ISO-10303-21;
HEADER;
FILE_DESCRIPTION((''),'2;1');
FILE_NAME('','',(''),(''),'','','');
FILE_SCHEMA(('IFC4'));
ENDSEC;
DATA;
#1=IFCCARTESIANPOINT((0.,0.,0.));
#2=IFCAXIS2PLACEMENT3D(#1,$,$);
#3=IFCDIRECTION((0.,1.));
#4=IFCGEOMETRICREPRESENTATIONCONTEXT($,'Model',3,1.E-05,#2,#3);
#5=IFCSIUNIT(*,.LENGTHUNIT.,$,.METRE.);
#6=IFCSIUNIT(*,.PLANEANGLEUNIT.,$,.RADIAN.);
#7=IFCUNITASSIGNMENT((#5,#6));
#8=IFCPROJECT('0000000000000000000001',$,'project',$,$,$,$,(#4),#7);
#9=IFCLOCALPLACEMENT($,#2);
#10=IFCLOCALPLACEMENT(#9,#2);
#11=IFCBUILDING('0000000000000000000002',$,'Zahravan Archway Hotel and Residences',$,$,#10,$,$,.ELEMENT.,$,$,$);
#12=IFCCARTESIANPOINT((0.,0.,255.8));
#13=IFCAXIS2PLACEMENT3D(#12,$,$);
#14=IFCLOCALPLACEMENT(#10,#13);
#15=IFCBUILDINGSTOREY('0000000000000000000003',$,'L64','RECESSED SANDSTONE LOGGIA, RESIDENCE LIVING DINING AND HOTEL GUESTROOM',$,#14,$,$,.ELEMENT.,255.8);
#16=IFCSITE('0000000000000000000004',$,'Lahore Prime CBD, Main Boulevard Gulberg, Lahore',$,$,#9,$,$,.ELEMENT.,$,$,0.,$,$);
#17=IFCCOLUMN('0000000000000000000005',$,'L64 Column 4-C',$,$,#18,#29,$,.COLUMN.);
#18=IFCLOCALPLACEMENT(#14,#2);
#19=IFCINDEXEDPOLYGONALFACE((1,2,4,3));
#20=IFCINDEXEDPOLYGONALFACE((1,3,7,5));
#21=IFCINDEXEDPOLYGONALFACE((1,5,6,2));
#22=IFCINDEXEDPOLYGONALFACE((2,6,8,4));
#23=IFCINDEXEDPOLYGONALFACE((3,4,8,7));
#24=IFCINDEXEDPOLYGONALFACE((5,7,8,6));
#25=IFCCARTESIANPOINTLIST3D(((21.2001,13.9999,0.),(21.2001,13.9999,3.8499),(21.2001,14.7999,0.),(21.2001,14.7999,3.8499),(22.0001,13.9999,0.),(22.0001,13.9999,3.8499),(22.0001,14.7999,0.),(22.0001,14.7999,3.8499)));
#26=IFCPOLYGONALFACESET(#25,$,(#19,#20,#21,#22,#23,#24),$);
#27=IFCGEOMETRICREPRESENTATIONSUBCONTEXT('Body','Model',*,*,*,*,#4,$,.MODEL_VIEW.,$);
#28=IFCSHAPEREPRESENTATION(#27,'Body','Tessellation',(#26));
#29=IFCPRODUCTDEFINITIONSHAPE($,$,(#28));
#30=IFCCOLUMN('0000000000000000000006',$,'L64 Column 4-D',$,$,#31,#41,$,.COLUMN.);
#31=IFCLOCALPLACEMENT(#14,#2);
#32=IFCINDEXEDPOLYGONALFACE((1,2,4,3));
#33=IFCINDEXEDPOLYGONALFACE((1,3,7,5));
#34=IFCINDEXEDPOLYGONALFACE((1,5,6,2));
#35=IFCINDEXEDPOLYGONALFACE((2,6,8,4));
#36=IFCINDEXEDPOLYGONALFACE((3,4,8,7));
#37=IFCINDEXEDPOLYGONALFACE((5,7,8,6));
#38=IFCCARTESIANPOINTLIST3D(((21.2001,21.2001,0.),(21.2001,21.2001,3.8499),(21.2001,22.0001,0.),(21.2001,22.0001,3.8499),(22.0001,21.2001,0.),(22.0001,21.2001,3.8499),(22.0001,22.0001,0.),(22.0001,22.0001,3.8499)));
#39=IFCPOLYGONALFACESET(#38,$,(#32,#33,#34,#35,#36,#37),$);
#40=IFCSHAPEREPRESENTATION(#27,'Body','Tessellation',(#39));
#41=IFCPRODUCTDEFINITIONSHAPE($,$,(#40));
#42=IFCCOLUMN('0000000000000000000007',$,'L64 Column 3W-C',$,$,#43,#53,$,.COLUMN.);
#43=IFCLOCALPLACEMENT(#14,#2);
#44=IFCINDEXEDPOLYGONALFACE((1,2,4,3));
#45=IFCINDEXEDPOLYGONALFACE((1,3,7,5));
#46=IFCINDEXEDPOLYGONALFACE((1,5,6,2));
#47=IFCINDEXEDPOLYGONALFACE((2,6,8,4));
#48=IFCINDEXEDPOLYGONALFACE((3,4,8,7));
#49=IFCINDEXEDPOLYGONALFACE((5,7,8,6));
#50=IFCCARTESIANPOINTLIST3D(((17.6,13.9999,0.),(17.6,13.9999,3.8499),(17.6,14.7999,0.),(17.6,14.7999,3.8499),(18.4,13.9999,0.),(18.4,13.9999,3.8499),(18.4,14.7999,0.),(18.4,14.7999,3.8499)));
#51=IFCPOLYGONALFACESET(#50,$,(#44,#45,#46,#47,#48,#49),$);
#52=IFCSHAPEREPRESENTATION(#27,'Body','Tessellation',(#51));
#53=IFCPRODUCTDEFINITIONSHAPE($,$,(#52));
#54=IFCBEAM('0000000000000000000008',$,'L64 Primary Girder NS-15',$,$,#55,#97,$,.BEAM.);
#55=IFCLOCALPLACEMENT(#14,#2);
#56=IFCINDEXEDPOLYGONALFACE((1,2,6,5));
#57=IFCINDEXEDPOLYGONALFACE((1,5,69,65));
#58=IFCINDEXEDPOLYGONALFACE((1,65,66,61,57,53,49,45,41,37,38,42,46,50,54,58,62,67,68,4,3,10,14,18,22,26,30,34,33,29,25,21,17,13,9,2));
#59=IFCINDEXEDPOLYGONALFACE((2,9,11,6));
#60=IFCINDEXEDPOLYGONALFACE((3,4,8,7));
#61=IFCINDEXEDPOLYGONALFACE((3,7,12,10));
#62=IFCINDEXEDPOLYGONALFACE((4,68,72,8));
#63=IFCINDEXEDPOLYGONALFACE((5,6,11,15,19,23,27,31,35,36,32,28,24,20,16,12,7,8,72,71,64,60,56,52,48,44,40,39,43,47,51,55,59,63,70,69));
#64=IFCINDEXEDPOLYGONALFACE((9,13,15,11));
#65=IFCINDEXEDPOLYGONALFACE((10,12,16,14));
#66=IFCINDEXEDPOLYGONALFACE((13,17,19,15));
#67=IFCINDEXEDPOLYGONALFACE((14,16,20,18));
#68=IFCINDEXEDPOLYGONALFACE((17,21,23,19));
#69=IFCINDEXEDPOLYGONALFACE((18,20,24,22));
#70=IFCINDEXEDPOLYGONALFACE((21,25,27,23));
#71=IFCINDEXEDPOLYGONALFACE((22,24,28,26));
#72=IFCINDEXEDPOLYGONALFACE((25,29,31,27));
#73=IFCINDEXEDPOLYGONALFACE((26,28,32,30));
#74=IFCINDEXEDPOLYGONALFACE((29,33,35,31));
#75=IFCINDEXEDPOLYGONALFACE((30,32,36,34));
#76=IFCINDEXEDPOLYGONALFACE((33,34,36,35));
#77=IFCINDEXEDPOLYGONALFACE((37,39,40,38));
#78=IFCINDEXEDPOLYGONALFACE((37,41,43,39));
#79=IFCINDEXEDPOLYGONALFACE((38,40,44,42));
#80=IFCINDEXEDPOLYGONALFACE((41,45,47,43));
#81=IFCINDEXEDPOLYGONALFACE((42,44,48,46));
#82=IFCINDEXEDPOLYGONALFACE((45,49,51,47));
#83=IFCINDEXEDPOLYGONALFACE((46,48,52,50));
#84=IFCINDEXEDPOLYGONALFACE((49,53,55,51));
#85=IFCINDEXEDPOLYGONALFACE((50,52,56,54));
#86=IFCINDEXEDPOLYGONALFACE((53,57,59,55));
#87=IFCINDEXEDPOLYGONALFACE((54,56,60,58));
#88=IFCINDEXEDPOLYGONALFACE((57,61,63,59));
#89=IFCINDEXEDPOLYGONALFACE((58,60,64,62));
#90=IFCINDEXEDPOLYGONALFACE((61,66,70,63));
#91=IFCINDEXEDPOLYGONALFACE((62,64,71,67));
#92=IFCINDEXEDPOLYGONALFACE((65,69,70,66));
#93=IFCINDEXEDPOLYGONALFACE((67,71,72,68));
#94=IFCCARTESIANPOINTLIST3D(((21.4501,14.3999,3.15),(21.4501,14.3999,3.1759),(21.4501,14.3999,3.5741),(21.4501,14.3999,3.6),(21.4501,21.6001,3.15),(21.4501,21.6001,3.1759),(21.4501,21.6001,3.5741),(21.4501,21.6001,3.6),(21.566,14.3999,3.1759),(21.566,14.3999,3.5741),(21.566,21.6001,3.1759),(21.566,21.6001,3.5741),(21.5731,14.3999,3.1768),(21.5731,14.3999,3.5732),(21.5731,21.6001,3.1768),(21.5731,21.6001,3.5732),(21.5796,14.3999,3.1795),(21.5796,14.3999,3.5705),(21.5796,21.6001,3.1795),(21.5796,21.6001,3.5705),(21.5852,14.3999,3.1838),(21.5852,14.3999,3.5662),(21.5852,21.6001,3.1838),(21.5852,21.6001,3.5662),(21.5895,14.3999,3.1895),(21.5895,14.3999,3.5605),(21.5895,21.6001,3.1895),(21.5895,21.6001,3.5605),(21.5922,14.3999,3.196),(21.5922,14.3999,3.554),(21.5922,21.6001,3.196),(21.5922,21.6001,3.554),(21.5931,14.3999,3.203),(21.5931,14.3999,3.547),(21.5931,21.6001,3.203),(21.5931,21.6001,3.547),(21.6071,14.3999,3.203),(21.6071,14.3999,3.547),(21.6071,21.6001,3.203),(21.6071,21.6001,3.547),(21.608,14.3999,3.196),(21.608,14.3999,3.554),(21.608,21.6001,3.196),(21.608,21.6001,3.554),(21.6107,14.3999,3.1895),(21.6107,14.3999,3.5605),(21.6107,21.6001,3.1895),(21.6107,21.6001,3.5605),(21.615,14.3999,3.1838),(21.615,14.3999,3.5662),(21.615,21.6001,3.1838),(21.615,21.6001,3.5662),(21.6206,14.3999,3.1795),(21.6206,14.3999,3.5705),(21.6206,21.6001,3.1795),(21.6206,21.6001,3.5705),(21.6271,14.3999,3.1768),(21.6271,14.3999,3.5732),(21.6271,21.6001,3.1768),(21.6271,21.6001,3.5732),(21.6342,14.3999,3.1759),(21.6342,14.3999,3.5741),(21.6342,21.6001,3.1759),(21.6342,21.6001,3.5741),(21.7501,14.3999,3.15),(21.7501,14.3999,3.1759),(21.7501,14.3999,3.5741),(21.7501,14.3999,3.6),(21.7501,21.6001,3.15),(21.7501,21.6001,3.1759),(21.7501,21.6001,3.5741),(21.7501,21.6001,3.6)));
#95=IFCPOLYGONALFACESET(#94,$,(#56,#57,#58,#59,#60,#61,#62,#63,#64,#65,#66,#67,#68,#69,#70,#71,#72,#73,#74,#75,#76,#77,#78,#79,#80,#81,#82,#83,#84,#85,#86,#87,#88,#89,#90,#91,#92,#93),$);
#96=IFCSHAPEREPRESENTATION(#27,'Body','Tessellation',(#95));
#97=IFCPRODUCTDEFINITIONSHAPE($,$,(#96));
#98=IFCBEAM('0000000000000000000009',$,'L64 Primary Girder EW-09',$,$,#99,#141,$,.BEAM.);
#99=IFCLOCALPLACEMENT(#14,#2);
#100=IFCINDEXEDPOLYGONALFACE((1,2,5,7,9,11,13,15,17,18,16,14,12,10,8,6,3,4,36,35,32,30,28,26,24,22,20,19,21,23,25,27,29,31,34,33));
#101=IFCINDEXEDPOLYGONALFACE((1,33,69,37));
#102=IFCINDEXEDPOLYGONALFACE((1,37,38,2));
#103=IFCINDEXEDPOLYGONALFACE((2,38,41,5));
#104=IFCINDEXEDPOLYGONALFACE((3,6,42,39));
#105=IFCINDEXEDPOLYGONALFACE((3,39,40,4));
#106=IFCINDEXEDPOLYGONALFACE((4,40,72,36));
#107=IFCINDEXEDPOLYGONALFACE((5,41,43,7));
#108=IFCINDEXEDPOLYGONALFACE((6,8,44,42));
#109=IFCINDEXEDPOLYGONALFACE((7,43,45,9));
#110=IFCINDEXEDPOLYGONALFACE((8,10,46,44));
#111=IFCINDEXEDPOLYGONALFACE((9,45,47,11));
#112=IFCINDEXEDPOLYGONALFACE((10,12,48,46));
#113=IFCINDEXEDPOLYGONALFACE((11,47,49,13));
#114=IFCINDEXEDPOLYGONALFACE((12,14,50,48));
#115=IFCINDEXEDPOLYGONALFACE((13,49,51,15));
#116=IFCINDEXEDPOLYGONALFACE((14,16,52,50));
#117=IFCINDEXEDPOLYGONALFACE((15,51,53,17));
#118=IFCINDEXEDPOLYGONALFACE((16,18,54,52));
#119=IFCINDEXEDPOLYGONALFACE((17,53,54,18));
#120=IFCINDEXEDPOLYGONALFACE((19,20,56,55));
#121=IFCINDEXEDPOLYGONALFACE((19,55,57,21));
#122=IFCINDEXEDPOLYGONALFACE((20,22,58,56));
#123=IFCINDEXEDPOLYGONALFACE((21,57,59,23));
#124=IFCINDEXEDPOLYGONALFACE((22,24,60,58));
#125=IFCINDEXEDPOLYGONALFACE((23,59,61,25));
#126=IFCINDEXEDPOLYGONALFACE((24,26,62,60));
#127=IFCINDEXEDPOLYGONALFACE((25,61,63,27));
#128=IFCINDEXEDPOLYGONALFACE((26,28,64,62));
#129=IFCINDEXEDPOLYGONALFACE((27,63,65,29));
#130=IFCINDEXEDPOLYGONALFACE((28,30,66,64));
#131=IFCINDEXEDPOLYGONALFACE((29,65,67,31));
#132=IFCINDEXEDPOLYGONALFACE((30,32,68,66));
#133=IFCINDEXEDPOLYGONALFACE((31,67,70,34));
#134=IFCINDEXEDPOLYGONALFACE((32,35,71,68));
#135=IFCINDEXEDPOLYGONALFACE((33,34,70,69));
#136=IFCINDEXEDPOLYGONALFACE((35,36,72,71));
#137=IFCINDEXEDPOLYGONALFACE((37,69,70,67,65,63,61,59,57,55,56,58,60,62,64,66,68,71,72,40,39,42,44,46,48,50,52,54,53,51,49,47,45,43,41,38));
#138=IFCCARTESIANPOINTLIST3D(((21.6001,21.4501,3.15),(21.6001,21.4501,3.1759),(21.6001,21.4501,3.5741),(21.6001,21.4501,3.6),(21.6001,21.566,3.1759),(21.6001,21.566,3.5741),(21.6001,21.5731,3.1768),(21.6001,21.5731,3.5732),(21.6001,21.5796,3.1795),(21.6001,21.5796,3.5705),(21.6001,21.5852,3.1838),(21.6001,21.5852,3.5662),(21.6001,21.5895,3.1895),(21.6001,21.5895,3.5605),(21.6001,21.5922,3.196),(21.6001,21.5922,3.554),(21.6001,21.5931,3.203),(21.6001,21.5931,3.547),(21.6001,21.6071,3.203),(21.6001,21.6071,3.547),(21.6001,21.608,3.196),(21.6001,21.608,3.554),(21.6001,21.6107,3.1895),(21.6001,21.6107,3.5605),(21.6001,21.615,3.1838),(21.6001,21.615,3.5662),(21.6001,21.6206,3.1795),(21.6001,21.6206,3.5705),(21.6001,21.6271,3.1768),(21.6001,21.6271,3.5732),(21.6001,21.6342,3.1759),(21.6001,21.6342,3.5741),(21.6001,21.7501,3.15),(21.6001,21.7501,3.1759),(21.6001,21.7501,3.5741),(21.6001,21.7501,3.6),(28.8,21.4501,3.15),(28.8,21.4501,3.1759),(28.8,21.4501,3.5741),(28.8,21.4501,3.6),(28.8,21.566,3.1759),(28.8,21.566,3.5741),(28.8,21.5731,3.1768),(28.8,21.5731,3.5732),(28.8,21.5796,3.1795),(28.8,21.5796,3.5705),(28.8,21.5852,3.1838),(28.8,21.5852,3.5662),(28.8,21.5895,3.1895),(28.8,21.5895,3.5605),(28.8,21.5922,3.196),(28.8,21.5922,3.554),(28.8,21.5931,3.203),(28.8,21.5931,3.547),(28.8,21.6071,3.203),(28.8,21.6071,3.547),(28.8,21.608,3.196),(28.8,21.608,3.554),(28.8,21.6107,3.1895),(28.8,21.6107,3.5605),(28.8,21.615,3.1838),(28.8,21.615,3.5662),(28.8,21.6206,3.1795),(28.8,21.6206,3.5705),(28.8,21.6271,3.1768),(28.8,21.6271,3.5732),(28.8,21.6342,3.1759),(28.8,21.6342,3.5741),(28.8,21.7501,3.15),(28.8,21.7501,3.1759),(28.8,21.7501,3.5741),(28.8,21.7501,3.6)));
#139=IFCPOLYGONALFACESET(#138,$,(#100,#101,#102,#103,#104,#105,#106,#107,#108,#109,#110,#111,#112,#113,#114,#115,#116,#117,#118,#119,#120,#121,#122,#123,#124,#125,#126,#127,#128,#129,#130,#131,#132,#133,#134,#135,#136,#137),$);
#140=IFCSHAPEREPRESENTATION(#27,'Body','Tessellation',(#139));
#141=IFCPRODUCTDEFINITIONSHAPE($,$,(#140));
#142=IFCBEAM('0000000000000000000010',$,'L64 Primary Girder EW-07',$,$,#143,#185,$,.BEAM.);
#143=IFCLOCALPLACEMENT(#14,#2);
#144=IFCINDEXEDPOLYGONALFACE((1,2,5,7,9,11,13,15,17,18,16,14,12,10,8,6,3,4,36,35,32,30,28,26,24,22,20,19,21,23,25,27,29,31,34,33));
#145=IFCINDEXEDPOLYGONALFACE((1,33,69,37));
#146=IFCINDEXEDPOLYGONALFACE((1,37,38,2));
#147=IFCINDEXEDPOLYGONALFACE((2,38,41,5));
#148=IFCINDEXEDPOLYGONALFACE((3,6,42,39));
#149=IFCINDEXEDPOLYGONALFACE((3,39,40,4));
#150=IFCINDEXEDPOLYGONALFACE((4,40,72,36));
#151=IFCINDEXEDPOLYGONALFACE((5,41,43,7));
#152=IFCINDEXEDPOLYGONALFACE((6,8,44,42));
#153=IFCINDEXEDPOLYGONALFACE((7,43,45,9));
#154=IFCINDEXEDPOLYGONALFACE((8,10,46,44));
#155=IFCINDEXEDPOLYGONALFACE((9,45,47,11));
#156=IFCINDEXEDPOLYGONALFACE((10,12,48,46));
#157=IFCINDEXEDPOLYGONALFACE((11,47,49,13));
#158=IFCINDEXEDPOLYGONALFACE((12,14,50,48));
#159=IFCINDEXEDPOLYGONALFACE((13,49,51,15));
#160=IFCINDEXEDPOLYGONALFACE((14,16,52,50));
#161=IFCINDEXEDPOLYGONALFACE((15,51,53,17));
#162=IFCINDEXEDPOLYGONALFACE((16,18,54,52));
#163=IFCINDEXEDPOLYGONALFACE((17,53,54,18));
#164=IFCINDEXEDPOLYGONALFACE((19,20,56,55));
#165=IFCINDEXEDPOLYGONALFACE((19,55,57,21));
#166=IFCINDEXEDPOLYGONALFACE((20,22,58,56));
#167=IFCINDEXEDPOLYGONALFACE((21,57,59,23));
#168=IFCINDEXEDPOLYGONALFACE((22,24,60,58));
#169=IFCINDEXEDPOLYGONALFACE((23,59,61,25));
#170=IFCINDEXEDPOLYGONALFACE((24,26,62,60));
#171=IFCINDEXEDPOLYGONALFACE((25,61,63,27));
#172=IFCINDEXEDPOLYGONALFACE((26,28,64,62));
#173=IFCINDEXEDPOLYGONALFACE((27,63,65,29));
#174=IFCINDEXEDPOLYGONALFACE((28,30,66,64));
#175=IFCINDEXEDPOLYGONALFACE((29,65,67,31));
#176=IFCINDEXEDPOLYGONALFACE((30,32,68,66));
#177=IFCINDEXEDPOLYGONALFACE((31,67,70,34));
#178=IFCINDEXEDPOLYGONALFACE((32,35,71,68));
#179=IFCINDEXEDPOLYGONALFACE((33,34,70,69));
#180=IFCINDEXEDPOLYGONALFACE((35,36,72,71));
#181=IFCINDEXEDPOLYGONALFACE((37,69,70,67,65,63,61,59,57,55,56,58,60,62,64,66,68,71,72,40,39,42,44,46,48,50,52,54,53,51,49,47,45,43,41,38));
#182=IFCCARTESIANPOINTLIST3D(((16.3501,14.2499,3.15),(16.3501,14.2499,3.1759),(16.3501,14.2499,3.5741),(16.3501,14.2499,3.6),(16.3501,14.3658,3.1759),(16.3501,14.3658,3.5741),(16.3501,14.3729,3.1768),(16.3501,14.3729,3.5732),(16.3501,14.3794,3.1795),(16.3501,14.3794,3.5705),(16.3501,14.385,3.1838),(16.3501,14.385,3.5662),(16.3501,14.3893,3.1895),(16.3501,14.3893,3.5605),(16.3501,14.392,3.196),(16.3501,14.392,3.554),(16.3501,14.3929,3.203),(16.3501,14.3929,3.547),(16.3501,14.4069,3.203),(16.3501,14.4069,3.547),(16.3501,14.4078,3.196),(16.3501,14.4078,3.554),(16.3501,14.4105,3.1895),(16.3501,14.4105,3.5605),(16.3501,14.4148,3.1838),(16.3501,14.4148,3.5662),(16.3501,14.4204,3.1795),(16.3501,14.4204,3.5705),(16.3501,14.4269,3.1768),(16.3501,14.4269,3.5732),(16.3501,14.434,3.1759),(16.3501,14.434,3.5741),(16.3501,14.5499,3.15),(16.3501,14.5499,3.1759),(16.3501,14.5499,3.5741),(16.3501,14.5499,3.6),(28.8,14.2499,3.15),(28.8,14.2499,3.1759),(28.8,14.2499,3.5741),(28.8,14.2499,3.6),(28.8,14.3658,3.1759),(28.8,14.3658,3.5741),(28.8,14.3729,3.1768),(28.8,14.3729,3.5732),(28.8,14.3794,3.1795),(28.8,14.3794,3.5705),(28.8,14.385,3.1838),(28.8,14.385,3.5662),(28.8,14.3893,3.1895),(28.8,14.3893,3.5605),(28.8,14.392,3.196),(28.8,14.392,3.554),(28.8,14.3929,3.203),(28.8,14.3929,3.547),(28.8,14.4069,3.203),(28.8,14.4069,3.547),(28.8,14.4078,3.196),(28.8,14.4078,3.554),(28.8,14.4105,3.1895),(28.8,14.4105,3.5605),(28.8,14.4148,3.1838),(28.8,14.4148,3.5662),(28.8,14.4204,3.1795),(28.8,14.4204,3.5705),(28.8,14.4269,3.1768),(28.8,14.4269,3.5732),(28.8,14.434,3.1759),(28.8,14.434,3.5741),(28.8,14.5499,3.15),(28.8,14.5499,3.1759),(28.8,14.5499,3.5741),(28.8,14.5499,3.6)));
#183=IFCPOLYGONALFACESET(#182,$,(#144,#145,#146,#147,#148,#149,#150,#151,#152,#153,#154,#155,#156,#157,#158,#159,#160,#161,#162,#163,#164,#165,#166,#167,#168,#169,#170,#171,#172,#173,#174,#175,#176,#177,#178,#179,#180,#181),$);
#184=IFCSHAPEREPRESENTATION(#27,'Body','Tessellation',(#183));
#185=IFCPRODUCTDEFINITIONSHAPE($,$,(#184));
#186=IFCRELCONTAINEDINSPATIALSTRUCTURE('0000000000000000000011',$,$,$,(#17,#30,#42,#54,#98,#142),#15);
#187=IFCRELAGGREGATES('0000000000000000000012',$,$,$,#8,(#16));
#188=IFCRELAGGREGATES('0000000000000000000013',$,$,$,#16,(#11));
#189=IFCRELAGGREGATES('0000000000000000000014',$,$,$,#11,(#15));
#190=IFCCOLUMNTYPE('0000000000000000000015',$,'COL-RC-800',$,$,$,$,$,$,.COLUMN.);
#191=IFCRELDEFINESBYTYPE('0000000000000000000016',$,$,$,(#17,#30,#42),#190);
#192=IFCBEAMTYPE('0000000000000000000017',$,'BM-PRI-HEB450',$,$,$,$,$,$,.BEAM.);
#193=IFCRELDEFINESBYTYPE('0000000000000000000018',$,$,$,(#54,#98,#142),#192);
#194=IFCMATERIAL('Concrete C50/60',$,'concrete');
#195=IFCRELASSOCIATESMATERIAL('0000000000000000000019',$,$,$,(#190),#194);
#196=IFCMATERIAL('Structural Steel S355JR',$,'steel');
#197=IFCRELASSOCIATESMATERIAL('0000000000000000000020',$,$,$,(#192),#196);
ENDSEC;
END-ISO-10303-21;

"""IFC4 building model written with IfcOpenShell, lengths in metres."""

from ifc_helpers import new_model, si_unit, direction, frame, origin, origin_2d, place, context, subcontext, project, spatial, rectangle, i_section, extrude, source, transform, mapped, material, material_profile, profile_set, type_object, type_shapes, element, save


model = new_model("IFC4")

# Units and contexts
model_context = context("Model", 3, precision=1e-05, world=origin(), true_north=direction((0.0, 1.0)))
body_context = subcontext(model_context, "Body", "Model", "MODEL_VIEW")
ifc_project = project(units=[si_unit("LENGTHUNIT", "METRE"), si_unit("PLANEANGLEUNIT", "RADIAN")], contexts=[model_context])

# Site, building, storey
site_placement = place(None, origin())
site = spatial("IfcSite", under=ifc_project, at=site_placement, Name="Lahore Prime CBD, Main Boulevard Gulberg, Lahore", CompositionType="ELEMENT", RefElevation=0.0)
building_placement = place(site_placement, origin())
building = spatial("IfcBuilding", under=site, at=building_placement, Name="Zahravan Archway Hotel and Residences", CompositionType="ELEMENT")
storey_placement = place(building_placement, frame((0.0, 0.0, 255.8)))
storey = spatial("IfcBuildingStorey", under=building, at=storey_placement, Name="L64", Description="RECESSED SANDSTONE LOGGIA, RESIDENCE LIVING DINING AND HOTEL GUESTROOM", CompositionType="ELEMENT", Elevation=255.8)

# Columns
ifc_material_1 = material(Name="Concrete C50/60", Category="concrete")
ifc_material_profile_1 = material_profile(ifc_material_1, rectangle(XDim=0.8, YDim=0.8, at=origin_2d()), Name="RC-COL-800x800", Category="concrete")
ifc_profile_set_1 = profile_set([ifc_material_profile_1], Name="Concrete C50/60")
column_type = type_object("IfcColumnType", Name="COL-RC-800", PredefinedType="COLUMN", material=ifc_profile_set_1)
shared_shape_1 = source(origin(), body_context, "Body", "SweptSolid", [
    extrude(rectangle(XDim=0.8, YDim=0.8, at=origin_2d()), origin(), (0.0, 0.0, 1.0), 3.8499),
])
for number, where, z_axis, x_axis, name in (
    (1, (21.6001, 14.3999, 0.0), (0.0, 0.0, 1.0), (1.0, 0.0, 0.0), "L64 Column 4-C"),
    (2, (21.6001, 21.6001, 0.0), (0.0, 0.0, 1.0), (1.0, 0.0, 0.0), "L64 Column 4-D"),
    (3, (18.0, 14.3999, 0.0), (0.0, 0.0, 1.0), (1.0, 0.0, 0.0), "L64 Column 3W-C"),
):
    element("IfcColumn", number, at=place(storey_placement, frame(where, z_axis=z_axis, x_axis=x_axis)), inside=storey, type_object=column_type, Name=name, PredefinedType="COLUMN", context=body_context, shape_type="MappedRepresentation", body=[
        mapped(shared_shape_1, transform((0.0, 0.0, 0.0), scale=1.0)),
    ])

# Beams
ifc_material_2 = material(Name="Structural Steel S355JR", Category="steel")
ifc_material_profile_2 = material_profile(ifc_material_2, i_section(OverallWidth=0.3, OverallDepth=0.45, WebThickness=0.0139, FlangeThickness=0.0259, FilletRadius=0.0271, at=origin_2d()), Name="HEB 450", Category="steel")
ifc_profile_set_2 = profile_set([ifc_material_profile_2], Name="Structural Steel S355JR")
beam_type = type_object("IfcBeamType", Name="BM-PRI-HEB450", PredefinedType="BEAM", material=ifc_profile_set_2)
shared_shape_2 = source(origin(), body_context, "Body", "SweptSolid", [
    extrude(i_section(OverallWidth=0.3, OverallDepth=0.45, WebThickness=0.0139, FlangeThickness=0.0259, FilletRadius=0.0271, at=origin_2d()), origin(), (0.0, 0.0, 1.0), 7.2002),
])
type_shapes(beam_type, [shared_shape_2])
beam_1_placement = place(storey_placement, frame((21.6001, 14.3999, 3.375), z_axis=(0.0, 1.0, 0.0), x_axis=(-1.0, 0.0, 0.0)))
element("IfcBeam", 4, at=beam_1_placement, inside=storey, type_object=beam_type, Name="L64 Primary Girder NS-15", PredefinedType="BEAM", context=body_context, shape_type="MappedRepresentation", body=[
    mapped(shared_shape_2, transform((0.0, 0.0, 0.0), scale=1.0)),
])
shared_shape_3 = source(origin(), body_context, "Body", "SweptSolid", [
    extrude(i_section(OverallWidth=0.3, OverallDepth=0.45, WebThickness=0.0139, FlangeThickness=0.0259, FilletRadius=0.0271, at=origin_2d()), origin(), (0.0, 0.0, 1.0), 7.2),
])
beam_2_placement = place(storey_placement, frame((21.6001, 21.6001, 3.375), z_axis=(1.0, 0.0, 0.0), x_axis=(0.0, 1.0, 0.0)))
element("IfcBeam", 5, at=beam_2_placement, inside=storey, type_object=beam_type, Name="L64 Primary Girder EW-09", PredefinedType="BEAM", context=body_context, shape_type="MappedRepresentation", body=[
    mapped(shared_shape_3, transform((0.0, 0.0, 0.0), scale=1.0)),
])
shared_shape_4 = source(origin(), body_context, "Body", "SweptSolid", [
    extrude(i_section(OverallWidth=0.3, OverallDepth=0.45, WebThickness=0.0139, FlangeThickness=0.0259, FilletRadius=0.0271, at=origin_2d()), origin(), (0.0, 0.0, 1.0), 12.45),
])
beam_3_placement = place(storey_placement, frame((16.3501, 14.3999, 3.375), z_axis=(1.0, 0.0, 0.0), x_axis=(0.0, 1.0, 0.0)))
element("IfcBeam", 6, at=beam_3_placement, inside=storey, type_object=beam_type, Name="L64 Primary Girder EW-07", PredefinedType="BEAM", context=body_context, shape_type="MappedRepresentation", body=[
    mapped(shared_shape_4, transform((0.0, 0.0, 0.0), scale=1.0)),
])

save(model, "model.ifc")
